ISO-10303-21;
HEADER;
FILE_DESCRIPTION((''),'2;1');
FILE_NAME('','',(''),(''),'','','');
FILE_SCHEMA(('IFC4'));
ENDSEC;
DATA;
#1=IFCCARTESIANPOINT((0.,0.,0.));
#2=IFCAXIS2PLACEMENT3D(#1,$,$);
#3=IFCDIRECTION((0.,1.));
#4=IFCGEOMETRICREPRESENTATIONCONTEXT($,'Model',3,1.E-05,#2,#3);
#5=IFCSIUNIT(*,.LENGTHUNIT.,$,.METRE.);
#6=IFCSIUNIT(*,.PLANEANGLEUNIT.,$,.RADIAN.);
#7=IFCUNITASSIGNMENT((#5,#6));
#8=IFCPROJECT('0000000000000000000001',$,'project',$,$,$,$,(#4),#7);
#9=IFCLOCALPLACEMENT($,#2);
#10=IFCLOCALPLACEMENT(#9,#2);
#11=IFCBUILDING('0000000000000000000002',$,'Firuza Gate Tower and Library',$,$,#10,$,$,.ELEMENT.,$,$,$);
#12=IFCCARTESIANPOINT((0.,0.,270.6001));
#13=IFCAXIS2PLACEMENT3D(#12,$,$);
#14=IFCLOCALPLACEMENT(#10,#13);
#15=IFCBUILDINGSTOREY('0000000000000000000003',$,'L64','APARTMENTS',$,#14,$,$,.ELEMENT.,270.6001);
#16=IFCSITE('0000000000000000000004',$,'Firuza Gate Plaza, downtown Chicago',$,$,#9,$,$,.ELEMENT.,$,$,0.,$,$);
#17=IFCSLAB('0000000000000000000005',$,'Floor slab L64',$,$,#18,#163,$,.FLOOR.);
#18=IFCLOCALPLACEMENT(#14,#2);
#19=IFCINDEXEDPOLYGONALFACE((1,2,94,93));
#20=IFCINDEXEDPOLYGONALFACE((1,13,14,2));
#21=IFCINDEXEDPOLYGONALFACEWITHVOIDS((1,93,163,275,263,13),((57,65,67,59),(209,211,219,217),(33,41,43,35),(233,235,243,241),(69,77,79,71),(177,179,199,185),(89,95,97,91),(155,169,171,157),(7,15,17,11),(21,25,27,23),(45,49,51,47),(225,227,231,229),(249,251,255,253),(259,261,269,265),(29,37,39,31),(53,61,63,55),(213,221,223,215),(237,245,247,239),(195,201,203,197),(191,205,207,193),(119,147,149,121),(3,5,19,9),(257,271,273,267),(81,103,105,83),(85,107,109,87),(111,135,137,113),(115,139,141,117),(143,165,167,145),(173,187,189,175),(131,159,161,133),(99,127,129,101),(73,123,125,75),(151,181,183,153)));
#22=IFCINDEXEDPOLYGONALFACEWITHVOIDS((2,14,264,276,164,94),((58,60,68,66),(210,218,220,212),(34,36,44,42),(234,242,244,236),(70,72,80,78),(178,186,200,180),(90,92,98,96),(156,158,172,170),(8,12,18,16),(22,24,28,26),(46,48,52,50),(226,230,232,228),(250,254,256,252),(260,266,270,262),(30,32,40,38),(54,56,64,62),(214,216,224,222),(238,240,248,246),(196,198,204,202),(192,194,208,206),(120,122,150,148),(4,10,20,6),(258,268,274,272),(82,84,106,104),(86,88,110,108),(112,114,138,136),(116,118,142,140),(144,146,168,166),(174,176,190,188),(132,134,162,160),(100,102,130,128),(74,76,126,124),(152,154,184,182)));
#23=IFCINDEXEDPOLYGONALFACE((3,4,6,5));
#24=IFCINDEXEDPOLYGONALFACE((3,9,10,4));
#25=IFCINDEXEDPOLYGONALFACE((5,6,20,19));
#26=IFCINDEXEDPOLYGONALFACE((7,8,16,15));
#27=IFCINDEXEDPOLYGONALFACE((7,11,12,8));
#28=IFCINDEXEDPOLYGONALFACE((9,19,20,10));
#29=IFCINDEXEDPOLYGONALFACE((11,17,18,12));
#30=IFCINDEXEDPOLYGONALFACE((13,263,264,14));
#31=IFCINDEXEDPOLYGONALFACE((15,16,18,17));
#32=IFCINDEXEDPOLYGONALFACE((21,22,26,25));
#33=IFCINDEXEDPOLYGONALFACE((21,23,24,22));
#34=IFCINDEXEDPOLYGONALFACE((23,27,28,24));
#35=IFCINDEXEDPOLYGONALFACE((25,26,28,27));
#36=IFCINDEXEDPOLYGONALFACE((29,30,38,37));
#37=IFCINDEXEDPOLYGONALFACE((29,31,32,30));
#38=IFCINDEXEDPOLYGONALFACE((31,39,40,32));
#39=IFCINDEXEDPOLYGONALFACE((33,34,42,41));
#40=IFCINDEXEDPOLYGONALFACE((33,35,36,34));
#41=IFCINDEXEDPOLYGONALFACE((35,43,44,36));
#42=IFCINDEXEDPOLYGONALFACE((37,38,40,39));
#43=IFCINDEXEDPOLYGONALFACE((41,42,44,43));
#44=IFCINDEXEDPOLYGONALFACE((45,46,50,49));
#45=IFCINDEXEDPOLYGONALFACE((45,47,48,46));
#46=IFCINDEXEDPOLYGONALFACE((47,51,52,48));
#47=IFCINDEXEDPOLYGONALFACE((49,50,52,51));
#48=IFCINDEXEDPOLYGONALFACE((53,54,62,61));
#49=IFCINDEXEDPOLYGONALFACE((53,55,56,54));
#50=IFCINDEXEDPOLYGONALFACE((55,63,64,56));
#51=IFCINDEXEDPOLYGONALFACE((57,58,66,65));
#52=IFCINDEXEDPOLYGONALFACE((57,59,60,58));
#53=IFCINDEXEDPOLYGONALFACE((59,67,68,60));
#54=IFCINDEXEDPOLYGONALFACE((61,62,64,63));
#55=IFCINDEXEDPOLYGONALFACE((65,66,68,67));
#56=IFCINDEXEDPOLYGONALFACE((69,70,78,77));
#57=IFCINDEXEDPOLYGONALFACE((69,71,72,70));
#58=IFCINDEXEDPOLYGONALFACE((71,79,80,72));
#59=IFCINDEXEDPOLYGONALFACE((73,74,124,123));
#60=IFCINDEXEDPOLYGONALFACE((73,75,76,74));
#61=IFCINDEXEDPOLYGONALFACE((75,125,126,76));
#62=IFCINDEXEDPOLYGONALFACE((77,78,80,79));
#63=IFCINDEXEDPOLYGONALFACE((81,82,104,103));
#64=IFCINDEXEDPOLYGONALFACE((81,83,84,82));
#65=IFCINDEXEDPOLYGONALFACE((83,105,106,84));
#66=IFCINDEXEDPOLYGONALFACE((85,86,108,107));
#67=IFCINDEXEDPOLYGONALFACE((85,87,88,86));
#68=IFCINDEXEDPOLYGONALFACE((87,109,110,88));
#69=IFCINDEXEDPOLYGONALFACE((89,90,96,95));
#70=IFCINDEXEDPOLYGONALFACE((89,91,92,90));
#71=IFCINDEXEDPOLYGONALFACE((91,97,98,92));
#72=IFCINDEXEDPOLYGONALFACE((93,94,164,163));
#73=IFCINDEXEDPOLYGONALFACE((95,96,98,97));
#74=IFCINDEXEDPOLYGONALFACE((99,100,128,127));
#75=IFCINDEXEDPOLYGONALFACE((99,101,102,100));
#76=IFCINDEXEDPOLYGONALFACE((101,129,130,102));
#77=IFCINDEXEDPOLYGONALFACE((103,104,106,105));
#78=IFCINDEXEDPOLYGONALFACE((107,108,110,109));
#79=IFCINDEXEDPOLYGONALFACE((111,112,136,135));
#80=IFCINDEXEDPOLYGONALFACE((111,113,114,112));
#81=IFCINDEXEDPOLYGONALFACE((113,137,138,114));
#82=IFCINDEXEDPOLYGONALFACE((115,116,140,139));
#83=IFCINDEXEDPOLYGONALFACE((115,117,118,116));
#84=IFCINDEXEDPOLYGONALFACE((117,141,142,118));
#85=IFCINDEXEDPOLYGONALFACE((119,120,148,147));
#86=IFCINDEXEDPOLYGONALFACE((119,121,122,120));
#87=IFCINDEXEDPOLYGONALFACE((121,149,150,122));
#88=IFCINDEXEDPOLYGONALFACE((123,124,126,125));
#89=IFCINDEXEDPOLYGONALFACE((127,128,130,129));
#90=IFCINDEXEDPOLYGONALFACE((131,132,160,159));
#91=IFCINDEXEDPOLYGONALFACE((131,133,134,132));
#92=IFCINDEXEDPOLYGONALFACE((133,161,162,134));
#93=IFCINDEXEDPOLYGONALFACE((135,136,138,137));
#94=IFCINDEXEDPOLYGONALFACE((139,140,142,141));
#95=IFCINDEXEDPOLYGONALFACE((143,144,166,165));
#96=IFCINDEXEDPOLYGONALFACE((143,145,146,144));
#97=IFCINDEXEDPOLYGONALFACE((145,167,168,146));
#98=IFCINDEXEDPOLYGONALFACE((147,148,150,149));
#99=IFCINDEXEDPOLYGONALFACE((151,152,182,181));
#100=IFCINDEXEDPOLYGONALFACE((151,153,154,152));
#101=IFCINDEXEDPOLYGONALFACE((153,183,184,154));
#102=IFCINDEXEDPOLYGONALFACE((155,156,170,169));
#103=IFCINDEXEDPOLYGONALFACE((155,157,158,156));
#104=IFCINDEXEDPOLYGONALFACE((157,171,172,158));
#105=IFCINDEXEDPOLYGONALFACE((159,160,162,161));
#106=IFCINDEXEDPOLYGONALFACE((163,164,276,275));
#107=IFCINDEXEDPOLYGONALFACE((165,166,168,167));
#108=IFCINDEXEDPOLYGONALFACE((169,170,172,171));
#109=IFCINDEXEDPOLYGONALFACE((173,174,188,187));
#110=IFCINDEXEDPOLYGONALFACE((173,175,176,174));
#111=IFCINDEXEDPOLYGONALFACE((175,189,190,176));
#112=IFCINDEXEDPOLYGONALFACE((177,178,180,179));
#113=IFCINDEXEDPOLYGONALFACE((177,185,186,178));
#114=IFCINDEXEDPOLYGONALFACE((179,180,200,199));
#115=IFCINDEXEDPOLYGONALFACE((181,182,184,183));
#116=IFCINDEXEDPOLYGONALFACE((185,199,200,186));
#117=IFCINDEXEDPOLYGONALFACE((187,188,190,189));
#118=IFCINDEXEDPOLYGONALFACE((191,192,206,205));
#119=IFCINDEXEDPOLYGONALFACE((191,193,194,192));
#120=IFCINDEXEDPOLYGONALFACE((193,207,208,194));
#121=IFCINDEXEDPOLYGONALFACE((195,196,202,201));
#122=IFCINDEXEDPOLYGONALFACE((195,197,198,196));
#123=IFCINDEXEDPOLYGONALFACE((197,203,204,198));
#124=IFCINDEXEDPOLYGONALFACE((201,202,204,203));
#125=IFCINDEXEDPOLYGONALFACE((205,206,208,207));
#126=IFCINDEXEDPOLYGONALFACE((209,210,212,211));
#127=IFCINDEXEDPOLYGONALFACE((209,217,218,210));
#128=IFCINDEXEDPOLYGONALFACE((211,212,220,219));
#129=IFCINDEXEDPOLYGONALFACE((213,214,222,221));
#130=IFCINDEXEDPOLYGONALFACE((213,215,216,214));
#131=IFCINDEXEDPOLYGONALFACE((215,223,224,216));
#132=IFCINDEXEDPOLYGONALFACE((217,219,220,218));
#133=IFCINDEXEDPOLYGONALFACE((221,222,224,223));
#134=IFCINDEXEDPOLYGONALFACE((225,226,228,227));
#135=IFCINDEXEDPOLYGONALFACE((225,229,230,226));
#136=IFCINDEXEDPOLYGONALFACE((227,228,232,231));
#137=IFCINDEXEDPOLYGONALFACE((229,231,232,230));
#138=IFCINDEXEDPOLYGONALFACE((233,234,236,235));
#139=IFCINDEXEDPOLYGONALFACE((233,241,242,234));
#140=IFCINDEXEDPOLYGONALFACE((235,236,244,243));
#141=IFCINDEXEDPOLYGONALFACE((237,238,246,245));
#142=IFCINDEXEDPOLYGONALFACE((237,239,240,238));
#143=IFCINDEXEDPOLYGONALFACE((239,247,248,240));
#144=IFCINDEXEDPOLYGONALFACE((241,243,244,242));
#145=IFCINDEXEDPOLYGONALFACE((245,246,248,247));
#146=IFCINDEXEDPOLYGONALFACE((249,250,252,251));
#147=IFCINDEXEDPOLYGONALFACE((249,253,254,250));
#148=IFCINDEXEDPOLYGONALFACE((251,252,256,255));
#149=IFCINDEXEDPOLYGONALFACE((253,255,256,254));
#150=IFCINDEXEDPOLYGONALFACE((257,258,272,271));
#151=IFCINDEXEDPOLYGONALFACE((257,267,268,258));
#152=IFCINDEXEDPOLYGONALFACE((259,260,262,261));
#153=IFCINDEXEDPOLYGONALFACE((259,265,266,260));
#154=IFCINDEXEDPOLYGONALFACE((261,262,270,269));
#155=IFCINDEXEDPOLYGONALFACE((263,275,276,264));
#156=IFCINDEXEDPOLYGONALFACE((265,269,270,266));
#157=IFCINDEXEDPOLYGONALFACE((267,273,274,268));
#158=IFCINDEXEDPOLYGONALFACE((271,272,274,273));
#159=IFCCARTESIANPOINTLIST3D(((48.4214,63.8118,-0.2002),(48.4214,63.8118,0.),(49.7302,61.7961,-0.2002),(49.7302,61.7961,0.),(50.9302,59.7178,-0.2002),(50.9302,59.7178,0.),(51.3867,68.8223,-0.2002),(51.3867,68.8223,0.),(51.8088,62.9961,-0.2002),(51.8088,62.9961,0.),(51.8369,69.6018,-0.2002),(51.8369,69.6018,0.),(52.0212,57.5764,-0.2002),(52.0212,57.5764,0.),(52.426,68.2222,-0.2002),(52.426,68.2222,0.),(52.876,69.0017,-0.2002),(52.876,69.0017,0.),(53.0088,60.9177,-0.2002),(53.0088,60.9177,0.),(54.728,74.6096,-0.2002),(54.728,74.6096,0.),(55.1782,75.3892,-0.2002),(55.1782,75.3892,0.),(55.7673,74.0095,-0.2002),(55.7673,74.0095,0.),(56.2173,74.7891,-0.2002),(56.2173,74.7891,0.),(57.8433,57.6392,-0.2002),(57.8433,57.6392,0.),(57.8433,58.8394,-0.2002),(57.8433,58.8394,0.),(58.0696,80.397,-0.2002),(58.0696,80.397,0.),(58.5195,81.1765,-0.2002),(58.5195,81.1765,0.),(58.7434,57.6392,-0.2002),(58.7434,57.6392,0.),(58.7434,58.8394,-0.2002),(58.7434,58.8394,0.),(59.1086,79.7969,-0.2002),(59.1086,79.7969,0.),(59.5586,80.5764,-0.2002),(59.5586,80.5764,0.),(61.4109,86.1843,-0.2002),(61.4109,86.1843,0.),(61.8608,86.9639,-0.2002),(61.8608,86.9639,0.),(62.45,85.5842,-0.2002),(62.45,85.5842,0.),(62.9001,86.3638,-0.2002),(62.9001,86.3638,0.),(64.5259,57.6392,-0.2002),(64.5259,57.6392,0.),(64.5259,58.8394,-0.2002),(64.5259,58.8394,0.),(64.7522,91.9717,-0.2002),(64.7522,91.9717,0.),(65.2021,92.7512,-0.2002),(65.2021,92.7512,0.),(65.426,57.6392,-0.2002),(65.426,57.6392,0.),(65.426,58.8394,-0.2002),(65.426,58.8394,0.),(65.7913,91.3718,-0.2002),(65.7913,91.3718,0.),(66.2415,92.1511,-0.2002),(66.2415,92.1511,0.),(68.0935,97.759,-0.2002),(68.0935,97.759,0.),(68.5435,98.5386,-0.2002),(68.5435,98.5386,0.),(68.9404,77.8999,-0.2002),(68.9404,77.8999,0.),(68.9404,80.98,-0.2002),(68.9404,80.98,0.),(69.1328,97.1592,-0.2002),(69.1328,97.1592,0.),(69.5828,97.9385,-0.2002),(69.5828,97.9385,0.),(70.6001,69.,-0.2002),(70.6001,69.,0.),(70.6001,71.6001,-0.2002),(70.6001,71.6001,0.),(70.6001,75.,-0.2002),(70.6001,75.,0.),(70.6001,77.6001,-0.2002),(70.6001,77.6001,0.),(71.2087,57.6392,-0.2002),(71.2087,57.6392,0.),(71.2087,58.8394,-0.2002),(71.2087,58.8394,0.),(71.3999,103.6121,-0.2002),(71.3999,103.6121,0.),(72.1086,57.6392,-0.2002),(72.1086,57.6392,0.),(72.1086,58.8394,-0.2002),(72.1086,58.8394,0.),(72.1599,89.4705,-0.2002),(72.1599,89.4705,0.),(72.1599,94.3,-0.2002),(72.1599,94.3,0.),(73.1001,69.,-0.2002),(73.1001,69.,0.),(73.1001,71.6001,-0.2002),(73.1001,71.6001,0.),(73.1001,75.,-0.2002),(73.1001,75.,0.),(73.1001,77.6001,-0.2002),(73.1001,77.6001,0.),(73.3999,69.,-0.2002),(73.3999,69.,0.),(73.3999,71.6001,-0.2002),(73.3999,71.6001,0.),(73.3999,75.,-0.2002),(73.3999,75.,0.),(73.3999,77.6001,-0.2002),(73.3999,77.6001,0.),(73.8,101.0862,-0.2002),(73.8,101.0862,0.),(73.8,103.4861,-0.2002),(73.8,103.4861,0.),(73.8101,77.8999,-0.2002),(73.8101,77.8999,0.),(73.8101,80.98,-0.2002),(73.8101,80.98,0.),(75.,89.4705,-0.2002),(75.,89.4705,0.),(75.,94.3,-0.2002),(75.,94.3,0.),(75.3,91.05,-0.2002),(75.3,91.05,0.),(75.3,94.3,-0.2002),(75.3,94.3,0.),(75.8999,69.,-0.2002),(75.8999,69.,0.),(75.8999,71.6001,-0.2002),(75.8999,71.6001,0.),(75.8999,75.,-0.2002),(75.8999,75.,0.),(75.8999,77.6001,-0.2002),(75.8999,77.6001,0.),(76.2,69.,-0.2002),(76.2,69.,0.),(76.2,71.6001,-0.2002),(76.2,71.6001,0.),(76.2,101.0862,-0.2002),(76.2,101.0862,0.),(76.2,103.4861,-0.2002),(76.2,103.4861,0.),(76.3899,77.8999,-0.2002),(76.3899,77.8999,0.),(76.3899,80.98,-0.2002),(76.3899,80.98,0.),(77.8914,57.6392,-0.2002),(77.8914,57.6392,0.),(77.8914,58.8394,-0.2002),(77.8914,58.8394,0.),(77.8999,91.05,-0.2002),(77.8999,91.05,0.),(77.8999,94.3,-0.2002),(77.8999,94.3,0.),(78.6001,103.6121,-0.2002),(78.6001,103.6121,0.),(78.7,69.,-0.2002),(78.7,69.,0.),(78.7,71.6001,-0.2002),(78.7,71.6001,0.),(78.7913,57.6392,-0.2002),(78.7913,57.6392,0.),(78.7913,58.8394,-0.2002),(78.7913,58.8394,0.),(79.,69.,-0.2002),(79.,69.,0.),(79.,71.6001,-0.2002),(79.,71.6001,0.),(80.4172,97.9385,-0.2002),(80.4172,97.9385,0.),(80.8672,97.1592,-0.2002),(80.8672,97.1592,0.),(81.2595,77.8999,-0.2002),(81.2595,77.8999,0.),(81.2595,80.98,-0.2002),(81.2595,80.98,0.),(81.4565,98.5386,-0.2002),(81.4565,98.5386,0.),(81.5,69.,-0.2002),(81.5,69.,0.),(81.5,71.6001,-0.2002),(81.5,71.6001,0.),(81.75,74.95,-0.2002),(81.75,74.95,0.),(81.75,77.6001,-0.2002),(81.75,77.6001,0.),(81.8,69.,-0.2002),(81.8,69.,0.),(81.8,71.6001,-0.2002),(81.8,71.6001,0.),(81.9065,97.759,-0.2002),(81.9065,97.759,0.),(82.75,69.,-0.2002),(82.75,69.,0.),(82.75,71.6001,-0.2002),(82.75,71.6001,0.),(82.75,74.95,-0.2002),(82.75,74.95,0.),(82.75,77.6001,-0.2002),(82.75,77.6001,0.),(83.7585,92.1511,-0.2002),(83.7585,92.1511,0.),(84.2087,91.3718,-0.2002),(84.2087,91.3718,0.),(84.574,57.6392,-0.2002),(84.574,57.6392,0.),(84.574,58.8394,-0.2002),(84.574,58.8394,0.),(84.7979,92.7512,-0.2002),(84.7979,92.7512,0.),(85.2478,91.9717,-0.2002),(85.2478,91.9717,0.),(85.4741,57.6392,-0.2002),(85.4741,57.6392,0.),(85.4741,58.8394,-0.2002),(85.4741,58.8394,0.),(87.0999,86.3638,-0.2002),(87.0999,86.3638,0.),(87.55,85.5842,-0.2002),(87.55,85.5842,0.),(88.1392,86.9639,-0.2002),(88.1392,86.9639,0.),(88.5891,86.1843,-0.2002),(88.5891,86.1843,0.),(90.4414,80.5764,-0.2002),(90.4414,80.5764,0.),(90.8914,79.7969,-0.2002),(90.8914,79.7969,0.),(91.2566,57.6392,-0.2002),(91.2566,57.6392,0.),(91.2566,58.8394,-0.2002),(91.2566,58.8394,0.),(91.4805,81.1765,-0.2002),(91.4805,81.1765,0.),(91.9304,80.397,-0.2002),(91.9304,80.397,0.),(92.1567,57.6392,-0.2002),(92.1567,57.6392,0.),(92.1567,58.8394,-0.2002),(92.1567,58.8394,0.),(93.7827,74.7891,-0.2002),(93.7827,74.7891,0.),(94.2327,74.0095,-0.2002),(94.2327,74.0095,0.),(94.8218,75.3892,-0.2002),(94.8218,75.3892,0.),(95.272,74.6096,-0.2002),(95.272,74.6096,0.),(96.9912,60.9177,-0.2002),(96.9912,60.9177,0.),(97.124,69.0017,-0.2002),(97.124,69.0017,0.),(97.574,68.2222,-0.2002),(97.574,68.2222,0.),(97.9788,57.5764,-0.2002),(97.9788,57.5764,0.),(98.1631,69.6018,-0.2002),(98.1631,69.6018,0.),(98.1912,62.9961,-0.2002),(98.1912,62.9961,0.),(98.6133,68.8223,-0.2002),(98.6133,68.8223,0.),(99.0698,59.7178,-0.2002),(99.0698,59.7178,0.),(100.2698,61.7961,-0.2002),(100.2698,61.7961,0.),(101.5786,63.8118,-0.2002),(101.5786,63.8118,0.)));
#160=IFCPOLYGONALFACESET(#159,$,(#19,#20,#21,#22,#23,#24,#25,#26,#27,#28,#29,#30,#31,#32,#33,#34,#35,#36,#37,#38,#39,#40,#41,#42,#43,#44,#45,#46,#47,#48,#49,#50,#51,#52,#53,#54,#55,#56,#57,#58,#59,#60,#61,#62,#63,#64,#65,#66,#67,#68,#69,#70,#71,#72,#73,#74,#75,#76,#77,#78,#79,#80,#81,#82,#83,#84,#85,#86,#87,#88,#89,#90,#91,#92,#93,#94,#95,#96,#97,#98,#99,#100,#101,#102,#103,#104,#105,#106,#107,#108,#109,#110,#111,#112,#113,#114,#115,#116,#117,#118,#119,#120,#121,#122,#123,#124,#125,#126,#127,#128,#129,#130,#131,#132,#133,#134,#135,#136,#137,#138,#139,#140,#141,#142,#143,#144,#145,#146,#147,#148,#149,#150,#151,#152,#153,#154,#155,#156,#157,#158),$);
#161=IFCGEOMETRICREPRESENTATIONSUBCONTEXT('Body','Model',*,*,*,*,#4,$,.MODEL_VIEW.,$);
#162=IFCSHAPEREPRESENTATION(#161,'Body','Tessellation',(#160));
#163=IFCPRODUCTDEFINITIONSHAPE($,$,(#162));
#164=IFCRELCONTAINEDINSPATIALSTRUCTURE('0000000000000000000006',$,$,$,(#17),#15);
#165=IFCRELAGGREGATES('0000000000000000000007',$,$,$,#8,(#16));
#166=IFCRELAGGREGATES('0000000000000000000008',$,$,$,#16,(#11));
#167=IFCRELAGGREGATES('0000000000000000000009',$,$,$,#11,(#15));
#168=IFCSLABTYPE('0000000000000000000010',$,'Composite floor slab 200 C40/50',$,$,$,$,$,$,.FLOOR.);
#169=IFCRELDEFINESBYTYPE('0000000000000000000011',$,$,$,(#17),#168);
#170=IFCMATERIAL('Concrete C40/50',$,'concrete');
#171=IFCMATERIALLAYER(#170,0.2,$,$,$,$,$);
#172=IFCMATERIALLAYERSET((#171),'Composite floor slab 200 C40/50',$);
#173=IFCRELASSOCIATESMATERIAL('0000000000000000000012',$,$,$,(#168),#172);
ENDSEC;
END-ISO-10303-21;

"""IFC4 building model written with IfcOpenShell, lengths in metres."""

from ifc_helpers import new_model, si_unit, direction, frame, origin, place, context, subcontext, project, spatial, polyline, outline, extrude, material, layer, layer_set, type_object, element, save


model = new_model("IFC4")

# Units and contexts
model_context = context("Model", 3, precision=1e-05, world=origin(), true_north=direction((0.0, 1.0)))
body_context = subcontext(model_context, "Body", "Model", "MODEL_VIEW")
ifc_project = project(units=[si_unit("LENGTHUNIT", "METRE"), si_unit("PLANEANGLEUNIT", "RADIAN")], contexts=[model_context])

# Site, building, storey
site_placement = place(None, origin())
site = spatial("IfcSite", under=ifc_project, at=site_placement, Name="Firuza Gate Plaza, downtown Chicago", CompositionType="ELEMENT", RefElevation=0.0)
building_placement = place(site_placement, origin())
building = spatial("IfcBuilding", under=site, at=building_placement, Name="Firuza Gate Tower and Library", CompositionType="ELEMENT")
storey_placement = place(building_placement, frame((0.0, 0.0, 270.6001)))
storey = spatial("IfcBuildingStorey", under=building, at=storey_placement, Name="L64", Description="APARTMENTS", CompositionType="ELEMENT", Elevation=270.6001)

# Slab
ifc_material_1 = material(Name="Concrete C40/50", Category="concrete")
ifc_layer_1 = layer(ifc_material_1, 0.2)
ifc_layer_set_1 = layer_set([ifc_layer_1], Name="Composite floor slab 200 C40/50")
slab_type_1 = type_object("IfcSlabType", Name="Composite floor slab 200 C40/50", PredefinedType="FLOOR", material=ifc_layer_set_1)
slab_1_placement = place(storey_placement, frame((0.0, 0.0, -0.2002)))
element("IfcSlab", 1, at=slab_1_placement, inside=storey, type_object=slab_type_1, Name="Floor slab L64", PredefinedType="FLOOR", context=body_context, shape_type="SweptSolid", body=[
    extrude(outline(polyline([(48.4214, 63.8118), (52.0212, 57.5764), (97.9788, 57.5764), (101.5786, 63.8118), (78.6001, 103.6121), (71.3999, 103.6121), (48.4214, 63.8118)]), holes=[polyline([(57.8433, 57.6392), (57.8433, 58.8394), (58.7434, 58.8394), (58.7434, 57.6392), (57.8433, 57.6392)]), polyline([(64.5259, 57.6392), (64.5259, 58.8394), (65.426, 58.8394), (65.426, 57.6392), (64.5259, 57.6392)]), polyline([(71.2087, 57.6392), (71.2087, 58.8394), (72.1086, 58.8394), (72.1086, 57.6392), (71.2087, 57.6392)]), polyline([(49.7302, 61.7961), (51.8088, 62.9961), (53.0088, 60.9177), (50.9302, 59.7178), (49.7302, 61.7961)]), polyline([(51.8369, 69.6018), (52.876, 69.0017), (52.426, 68.2222), (51.3867, 68.8223), (51.8369, 69.6018)]), polyline([(73.1001, 69.0), (70.6001, 69.0), (70.6001, 71.6001), (73.1001, 71.6001), (73.1001, 69.0)]), polyline([(75.8999, 69.0), (73.3999, 69.0), (73.3999, 71.6001), (75.8999, 71.6001), (75.8999, 69.0)]), polyline([(55.1782, 75.3892), (56.2173, 74.7891), (55.7673, 74.0095), (54.728, 74.6096), (55.1782, 75.3892)]), polyline([(73.1001, 75.0), (70.6001, 75.0), (70.6001, 77.6001), (73.1001, 77.6001), (73.1001, 75.0)]), polyline([(75.8999, 75.0), (73.3999, 75.0), (73.3999, 77.6001), (75.8999, 77.6001), (75.8999, 75.0)]), polyline([(68.9404, 77.8999), (68.9404, 80.98), (73.8101, 80.98), (73.8101, 77.8999), (68.9404, 77.8999)]), polyline([(58.5195, 81.1765), (59.5586, 80.5764), (59.1086, 79.7969), (58.0696, 80.397), (58.5195, 81.1765)]), polyline([(61.8608, 86.9639), (62.9001, 86.3638), (62.45, 85.5842), (61.4109, 86.1843), (61.8608, 86.9639)]), polyline([(72.1599, 89.4705), (72.1599, 94.3), (75.0, 94.3), (75.0, 89.4705), (72.1599, 89.4705)]), polyline([(65.2021, 92.7512), (66.2415, 92.1511), (65.7913, 91.3718), (64.7522, 91.9717), (65.2021, 92.7512)]), polyline([(68.5435, 98.5386), (69.5828, 97.9385), (69.1328, 97.1592), (68.0935, 97.759), (68.5435, 98.5386)]), polyline([(76.2, 103.4861), (76.2, 101.0862), (73.8, 101.0862), (73.8, 103.4861), (76.2, 103.4861)]), polyline([(77.8914, 57.6392), (77.8914, 58.8394), (78.7913, 58.8394), (78.7913, 57.6392), (77.8914, 57.6392)]), polyline([(84.574, 57.6392), (84.574, 58.8394), (85.4741, 58.8394), (85.4741, 57.6392), (84.574, 57.6392)]), polyline([(91.2566, 57.6392), (91.2566, 58.8394), (92.1567, 58.8394), (92.1567, 57.6392), (91.2566, 57.6392)]), polyline([(99.0698, 59.7178), (96.9912, 60.9177), (98.1912, 62.9961), (100.2698, 61.7961), (99.0698, 59.7178)]), polyline([(98.6133, 68.8223), (97.574, 68.2222), (97.124, 69.0017), (98.1631, 69.6018), (98.6133, 68.8223)]), polyline([(78.7, 69.0), (76.2, 69.0), (76.2, 71.6001), (78.7, 71.6001), (78.7, 69.0)]), polyline([(81.5, 69.0), (79.0, 69.0), (79.0, 71.6001), (81.5, 71.6001), (81.5, 69.0)]), polyline([(82.75, 69.0), (81.8, 69.0), (81.8, 71.6001), (82.75, 71.6001), (82.75, 69.0)]), polyline([(95.272, 74.6096), (94.2327, 74.0095), (93.7827, 74.7891), (94.8218, 75.3892), (95.272, 74.6096)]), polyline([(82.75, 74.95), (81.75, 74.95), (81.75, 77.6001), (82.75, 77.6001), (82.75, 74.95)]), polyline([(81.2595, 80.98), (81.2595, 77.8999), (76.3899, 77.8999), (76.3899, 80.98), (81.2595, 80.98)]), polyline([(91.9304, 80.397), (90.8914, 79.7969), (90.4414, 80.5764), (91.4805, 81.1765), (91.9304, 80.397)]), polyline([(88.5891, 86.1843), (87.55, 85.5842), (87.0999, 86.3638), (88.1392, 86.9639), (88.5891, 86.1843)]), polyline([(85.2478, 91.9717), (84.2087, 91.3718), (83.7585, 92.1511), (84.7979, 92.7512), (85.2478, 91.9717)]), polyline([(75.3, 91.05), (75.3, 94.3), (77.8999, 94.3), (77.8999, 91.05), (75.3, 91.05)]), polyline([(80.8672, 97.1592), (80.4172, 97.9385), (81.4565, 98.5386), (81.9065, 97.759), (80.8672, 97.1592)])]), origin(), (0.0, 0.0, 1.0), 0.2002),
])

save(model, "model.ifc")
